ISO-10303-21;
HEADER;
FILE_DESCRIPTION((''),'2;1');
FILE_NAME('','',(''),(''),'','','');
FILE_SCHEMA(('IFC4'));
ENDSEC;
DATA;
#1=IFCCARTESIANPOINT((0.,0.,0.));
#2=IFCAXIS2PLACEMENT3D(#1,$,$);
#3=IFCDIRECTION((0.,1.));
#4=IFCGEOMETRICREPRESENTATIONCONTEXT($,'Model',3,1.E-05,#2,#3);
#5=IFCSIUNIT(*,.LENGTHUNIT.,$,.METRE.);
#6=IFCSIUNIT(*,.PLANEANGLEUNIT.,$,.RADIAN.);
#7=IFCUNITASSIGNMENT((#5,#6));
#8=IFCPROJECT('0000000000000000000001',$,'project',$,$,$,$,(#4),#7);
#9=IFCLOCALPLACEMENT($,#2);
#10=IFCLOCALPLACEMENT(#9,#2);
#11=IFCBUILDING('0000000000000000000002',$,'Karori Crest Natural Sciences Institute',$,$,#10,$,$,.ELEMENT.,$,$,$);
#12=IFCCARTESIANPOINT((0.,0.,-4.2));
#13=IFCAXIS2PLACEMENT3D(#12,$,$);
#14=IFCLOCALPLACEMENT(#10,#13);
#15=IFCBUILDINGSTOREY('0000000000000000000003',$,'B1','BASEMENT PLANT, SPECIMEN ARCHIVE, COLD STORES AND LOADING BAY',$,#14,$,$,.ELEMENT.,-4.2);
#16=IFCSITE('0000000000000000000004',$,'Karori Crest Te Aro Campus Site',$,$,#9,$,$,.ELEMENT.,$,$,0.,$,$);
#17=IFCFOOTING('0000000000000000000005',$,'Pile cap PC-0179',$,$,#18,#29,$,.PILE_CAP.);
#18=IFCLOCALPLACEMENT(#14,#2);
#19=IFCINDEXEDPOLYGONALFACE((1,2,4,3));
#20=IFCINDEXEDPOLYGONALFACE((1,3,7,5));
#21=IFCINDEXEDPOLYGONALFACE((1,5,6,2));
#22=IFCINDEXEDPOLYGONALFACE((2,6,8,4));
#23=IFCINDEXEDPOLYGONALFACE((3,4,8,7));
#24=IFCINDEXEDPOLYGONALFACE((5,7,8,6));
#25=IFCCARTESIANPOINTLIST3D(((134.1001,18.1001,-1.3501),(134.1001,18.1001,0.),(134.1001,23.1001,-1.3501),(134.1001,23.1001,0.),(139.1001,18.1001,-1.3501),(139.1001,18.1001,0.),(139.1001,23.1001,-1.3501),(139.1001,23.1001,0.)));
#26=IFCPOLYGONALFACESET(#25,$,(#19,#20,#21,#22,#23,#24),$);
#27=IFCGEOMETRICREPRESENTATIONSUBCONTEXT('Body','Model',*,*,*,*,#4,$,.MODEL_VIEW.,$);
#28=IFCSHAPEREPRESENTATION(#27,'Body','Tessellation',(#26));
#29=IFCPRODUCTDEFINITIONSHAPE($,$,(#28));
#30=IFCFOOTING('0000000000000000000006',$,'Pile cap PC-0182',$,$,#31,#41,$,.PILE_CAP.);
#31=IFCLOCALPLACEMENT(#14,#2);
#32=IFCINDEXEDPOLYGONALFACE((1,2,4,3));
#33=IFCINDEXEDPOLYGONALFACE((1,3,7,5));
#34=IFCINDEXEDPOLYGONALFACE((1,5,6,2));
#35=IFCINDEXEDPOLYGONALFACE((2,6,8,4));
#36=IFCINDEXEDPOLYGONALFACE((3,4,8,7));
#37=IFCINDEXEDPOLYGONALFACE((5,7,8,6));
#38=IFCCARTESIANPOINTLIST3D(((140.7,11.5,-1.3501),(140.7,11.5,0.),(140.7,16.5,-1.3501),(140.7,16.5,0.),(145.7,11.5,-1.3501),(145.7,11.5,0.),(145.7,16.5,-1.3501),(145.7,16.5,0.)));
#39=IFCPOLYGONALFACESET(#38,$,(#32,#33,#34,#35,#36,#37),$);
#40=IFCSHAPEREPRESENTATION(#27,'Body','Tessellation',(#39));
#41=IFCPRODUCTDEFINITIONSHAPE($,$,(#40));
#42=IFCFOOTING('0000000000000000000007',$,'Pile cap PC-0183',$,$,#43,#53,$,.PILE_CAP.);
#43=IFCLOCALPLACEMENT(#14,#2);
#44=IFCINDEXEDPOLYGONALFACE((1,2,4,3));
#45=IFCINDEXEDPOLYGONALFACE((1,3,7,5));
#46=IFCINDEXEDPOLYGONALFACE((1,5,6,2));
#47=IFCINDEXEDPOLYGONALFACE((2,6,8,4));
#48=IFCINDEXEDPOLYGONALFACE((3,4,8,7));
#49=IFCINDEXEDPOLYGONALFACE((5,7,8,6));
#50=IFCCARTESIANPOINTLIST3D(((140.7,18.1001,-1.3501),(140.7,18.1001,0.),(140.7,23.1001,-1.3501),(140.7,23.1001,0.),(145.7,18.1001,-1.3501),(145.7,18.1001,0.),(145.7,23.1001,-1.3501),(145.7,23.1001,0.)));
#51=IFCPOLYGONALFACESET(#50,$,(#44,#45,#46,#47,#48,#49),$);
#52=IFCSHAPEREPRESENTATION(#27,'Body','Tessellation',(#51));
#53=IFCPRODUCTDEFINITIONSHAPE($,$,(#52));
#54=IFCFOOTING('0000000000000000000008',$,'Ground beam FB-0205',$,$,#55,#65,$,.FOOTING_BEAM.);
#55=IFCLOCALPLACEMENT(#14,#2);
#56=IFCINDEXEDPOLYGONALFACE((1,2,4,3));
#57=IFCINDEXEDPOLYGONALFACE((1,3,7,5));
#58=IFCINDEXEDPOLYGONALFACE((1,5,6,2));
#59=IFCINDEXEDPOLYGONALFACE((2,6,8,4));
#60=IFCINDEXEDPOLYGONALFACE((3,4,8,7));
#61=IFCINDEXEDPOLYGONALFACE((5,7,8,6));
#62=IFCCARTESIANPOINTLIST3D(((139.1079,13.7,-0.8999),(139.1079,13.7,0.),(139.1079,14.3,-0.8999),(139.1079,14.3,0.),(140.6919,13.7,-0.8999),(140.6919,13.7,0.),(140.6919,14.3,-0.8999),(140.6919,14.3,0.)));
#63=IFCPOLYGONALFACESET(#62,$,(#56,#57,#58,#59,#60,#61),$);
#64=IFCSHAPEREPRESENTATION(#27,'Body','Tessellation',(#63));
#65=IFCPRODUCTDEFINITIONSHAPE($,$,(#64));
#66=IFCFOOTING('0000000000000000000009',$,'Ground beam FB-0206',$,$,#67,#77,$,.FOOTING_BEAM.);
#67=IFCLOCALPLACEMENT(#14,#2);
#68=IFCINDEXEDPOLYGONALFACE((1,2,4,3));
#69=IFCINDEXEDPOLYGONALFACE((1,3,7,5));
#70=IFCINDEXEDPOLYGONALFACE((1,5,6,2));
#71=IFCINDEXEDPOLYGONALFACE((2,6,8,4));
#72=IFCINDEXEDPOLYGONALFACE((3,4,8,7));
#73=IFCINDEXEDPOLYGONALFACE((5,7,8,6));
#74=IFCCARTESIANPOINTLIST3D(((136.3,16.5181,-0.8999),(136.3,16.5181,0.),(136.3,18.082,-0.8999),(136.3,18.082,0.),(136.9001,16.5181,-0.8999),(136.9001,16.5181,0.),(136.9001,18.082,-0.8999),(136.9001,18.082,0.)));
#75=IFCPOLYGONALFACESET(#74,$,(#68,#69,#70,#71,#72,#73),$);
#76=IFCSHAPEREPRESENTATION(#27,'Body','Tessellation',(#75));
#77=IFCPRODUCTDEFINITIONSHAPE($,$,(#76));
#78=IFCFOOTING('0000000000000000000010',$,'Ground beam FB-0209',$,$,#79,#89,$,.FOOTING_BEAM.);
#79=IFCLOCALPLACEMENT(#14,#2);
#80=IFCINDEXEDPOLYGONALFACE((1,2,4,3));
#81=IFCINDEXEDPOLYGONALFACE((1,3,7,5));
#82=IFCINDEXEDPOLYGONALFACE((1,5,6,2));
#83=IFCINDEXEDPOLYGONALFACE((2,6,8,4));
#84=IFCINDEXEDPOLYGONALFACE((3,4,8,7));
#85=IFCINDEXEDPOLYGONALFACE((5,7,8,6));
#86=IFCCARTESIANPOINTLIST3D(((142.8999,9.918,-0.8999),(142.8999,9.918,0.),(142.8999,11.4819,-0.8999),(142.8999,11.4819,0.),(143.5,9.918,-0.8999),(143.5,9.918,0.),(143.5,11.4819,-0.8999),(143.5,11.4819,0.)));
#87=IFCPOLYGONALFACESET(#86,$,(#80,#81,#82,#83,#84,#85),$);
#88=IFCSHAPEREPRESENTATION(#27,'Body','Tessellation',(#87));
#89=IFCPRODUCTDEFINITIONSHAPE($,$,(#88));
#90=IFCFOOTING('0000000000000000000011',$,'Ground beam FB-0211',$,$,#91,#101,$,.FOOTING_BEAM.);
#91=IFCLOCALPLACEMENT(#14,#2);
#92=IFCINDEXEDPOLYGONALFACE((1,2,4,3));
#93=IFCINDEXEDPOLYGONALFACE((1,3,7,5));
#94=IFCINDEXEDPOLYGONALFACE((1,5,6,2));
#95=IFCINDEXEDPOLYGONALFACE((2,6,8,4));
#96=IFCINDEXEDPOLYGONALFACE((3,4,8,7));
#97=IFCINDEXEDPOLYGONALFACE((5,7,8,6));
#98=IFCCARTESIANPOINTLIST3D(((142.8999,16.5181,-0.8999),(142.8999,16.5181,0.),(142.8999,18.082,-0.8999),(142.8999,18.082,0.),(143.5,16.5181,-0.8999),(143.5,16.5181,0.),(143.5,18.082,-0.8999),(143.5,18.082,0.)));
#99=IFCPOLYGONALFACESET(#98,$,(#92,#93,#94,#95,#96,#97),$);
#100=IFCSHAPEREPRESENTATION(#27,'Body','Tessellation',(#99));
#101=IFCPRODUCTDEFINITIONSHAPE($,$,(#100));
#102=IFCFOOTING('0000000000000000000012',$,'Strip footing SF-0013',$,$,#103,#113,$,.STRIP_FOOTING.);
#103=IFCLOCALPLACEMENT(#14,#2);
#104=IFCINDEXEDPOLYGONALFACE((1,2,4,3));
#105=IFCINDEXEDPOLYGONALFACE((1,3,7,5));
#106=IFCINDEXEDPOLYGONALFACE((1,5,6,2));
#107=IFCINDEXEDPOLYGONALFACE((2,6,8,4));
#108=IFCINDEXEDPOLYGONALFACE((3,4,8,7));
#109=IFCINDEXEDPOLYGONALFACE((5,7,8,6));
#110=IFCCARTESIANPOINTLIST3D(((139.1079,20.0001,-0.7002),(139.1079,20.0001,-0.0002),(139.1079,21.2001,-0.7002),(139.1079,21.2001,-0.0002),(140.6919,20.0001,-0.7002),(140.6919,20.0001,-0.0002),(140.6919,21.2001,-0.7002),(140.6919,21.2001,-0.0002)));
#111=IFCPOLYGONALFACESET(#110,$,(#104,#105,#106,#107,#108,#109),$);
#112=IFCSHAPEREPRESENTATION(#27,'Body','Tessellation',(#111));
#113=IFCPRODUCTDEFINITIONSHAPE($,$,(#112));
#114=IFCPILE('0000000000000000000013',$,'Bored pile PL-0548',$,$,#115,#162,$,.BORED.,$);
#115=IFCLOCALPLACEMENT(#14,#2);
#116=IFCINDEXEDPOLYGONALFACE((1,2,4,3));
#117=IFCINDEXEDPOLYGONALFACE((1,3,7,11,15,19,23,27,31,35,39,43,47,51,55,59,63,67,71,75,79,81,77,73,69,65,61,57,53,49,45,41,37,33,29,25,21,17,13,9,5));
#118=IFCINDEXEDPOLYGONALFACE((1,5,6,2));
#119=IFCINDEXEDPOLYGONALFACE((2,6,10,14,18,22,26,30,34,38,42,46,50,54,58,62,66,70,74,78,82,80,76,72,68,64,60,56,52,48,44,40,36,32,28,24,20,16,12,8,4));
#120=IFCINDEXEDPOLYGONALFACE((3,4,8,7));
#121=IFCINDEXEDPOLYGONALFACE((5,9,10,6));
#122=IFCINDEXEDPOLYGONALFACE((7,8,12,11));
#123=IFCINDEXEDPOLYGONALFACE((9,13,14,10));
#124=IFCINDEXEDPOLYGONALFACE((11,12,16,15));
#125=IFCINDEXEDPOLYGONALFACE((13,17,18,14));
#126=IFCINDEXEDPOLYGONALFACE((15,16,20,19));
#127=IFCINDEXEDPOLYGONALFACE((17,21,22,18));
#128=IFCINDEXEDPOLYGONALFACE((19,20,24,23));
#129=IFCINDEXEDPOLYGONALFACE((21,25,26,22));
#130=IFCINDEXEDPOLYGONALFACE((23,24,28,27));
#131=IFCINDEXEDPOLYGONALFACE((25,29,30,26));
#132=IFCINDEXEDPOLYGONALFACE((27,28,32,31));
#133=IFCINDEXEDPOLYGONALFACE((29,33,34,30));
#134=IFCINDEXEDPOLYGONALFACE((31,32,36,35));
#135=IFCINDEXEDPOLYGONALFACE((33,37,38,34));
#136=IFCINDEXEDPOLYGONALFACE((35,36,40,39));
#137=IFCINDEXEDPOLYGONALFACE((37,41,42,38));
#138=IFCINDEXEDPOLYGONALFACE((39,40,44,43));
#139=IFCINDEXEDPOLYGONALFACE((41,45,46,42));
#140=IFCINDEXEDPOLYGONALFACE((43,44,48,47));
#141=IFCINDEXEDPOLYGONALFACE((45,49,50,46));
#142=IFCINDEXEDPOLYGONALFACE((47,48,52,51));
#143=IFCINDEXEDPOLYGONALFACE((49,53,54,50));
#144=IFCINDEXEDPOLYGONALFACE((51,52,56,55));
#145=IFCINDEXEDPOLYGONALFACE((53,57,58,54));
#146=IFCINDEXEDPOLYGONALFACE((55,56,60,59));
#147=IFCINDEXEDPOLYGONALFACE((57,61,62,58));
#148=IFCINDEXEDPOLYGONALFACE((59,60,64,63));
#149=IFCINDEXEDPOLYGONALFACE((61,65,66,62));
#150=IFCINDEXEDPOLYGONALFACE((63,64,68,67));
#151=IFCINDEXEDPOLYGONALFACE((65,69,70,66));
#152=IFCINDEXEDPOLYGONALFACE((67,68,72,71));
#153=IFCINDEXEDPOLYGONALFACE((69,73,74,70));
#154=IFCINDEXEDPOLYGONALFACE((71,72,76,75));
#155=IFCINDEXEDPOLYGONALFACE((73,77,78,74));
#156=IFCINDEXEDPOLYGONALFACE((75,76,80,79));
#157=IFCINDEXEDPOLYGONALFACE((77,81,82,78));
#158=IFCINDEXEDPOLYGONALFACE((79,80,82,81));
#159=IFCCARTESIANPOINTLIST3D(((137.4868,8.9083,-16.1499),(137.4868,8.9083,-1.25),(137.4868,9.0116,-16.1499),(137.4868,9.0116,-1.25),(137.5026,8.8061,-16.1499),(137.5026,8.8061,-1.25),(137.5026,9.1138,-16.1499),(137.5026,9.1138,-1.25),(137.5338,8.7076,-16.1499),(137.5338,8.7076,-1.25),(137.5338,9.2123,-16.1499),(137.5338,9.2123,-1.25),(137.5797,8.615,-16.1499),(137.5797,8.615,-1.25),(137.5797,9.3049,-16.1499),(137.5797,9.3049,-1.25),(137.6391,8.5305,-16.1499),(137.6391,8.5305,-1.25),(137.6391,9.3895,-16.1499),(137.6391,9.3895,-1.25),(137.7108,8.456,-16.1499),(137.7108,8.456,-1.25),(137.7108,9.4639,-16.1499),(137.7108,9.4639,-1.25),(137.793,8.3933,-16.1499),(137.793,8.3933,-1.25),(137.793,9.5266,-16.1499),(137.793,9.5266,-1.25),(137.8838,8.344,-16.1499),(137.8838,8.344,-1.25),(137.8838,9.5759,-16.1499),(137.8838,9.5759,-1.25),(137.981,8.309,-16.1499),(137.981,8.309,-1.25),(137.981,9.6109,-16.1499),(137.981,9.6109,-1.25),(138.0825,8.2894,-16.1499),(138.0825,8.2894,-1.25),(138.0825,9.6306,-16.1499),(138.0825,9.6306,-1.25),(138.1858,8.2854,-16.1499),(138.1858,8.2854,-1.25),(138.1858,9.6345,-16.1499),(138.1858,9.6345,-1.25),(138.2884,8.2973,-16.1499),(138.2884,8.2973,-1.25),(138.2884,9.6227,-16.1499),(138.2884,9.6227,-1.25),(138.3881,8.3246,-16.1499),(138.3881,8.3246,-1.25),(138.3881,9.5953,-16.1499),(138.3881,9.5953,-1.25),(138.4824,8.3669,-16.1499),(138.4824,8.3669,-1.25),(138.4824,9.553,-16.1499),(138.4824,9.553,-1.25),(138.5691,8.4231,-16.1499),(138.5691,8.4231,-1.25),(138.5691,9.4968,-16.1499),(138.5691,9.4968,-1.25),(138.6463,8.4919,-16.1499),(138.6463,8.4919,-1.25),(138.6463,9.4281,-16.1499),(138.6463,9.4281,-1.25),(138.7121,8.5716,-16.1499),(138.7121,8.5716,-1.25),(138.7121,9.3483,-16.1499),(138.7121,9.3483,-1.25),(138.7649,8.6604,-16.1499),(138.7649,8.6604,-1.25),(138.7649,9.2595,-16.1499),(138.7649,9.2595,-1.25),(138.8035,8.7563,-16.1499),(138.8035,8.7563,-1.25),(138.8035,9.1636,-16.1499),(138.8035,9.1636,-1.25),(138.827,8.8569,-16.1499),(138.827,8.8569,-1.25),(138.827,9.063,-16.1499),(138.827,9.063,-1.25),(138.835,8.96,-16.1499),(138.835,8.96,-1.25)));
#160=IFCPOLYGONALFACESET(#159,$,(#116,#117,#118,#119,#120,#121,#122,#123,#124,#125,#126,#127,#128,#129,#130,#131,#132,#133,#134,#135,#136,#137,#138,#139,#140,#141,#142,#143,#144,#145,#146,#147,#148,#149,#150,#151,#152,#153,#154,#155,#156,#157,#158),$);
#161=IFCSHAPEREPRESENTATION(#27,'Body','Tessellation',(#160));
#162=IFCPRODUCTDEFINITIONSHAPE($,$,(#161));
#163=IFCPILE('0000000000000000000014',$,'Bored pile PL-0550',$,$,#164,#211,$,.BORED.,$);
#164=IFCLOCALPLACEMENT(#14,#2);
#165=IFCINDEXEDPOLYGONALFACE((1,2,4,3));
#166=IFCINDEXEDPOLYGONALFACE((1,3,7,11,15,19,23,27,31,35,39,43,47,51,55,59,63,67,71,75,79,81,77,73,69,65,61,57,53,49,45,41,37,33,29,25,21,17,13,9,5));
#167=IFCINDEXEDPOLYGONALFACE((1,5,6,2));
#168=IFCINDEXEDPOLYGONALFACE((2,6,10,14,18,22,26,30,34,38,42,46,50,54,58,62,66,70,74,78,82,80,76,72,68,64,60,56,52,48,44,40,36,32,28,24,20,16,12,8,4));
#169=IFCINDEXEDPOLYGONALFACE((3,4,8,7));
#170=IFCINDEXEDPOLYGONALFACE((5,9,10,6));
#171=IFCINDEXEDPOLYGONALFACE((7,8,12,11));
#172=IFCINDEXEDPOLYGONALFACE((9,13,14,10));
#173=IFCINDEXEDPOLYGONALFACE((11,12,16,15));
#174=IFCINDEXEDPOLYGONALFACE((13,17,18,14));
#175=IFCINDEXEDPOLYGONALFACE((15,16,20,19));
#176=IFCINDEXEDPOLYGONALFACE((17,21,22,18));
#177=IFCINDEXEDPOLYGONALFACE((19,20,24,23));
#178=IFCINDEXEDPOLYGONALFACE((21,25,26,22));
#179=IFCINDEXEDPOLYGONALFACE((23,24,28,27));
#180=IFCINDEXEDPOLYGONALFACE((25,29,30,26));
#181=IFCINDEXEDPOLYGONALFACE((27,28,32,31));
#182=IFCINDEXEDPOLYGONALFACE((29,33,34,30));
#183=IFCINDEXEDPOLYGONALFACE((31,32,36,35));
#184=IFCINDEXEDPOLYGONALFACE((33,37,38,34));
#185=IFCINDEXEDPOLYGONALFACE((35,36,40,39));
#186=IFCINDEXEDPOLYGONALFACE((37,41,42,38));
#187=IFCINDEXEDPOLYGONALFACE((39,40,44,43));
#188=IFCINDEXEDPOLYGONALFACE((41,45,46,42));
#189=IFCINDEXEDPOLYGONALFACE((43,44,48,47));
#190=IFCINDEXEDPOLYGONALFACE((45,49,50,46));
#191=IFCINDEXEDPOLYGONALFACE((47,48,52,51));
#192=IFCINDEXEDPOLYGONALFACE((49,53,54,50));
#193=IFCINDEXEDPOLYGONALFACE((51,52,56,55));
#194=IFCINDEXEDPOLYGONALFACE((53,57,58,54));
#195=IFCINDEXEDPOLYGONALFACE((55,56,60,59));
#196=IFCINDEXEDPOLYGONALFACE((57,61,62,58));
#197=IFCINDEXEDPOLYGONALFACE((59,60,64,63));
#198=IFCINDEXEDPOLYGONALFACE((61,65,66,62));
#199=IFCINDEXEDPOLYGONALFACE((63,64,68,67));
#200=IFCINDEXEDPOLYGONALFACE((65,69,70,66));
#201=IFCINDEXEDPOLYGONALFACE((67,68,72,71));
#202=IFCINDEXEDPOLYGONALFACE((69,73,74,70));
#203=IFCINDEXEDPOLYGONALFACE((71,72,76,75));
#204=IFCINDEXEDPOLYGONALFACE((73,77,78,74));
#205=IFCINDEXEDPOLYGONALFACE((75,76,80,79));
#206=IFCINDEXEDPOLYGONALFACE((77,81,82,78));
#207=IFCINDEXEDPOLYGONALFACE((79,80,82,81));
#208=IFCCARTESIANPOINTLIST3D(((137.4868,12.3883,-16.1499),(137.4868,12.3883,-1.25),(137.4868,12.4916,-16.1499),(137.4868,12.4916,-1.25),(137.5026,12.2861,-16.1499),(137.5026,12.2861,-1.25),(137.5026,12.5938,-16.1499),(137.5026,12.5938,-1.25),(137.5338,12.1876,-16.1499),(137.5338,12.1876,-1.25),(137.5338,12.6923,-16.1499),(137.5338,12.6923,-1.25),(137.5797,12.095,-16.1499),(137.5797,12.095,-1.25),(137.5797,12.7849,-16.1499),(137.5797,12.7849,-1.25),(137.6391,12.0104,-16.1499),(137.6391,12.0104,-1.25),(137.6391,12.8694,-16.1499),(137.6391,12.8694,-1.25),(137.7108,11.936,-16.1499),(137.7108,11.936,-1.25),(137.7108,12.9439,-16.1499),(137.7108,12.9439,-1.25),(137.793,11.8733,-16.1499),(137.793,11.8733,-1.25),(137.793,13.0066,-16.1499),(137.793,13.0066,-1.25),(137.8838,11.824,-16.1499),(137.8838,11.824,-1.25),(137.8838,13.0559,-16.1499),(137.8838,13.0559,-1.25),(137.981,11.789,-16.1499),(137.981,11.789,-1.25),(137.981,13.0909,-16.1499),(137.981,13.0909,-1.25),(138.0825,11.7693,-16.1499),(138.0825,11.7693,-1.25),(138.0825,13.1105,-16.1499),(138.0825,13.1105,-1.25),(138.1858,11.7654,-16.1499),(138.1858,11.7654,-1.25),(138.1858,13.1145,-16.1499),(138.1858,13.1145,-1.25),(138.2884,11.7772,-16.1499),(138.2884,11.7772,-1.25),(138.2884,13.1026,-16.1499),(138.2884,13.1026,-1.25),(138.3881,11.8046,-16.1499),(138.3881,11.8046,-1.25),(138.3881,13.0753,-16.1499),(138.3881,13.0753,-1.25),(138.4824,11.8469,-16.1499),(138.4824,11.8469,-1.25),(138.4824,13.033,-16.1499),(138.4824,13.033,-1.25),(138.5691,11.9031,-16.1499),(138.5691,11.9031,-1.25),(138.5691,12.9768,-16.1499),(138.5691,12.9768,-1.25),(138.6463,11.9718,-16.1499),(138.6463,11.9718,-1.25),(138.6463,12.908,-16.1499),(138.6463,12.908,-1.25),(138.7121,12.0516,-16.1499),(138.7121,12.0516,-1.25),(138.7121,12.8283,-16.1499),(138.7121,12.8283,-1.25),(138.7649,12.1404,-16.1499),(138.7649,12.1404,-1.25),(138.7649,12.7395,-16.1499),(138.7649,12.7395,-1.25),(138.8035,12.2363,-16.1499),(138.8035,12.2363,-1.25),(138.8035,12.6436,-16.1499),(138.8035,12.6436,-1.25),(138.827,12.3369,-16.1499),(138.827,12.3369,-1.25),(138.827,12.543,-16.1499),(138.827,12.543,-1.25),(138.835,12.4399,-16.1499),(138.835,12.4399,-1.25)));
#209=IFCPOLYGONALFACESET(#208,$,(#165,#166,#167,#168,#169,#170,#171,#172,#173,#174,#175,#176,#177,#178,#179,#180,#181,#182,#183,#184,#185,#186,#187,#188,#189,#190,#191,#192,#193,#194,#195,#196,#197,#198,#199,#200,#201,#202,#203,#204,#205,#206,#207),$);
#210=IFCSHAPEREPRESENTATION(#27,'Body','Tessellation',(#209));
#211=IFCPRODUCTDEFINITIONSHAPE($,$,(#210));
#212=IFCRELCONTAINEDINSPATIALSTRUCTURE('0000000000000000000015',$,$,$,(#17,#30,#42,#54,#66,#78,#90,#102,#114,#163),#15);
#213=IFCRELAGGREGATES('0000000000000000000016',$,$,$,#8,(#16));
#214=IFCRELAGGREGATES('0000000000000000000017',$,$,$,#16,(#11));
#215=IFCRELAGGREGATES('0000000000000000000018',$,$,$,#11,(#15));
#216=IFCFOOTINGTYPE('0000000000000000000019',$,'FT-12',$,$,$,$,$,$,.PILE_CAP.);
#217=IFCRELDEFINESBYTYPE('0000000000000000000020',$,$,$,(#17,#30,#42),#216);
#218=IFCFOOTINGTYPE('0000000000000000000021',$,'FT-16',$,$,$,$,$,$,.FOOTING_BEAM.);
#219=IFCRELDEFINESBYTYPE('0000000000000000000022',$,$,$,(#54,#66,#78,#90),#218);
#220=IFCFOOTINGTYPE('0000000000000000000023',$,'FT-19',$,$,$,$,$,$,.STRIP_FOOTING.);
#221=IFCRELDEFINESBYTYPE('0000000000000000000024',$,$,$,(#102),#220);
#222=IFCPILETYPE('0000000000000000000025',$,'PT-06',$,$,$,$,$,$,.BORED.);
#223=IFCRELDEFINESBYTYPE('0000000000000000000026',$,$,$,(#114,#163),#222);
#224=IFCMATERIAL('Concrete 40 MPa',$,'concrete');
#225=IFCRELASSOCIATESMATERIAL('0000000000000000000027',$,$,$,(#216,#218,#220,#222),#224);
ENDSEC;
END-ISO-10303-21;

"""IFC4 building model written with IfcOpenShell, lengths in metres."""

from ifc_helpers import new_model, si_unit, direction, frame, origin, origin_2d, place, context, subcontext, project, spatial, rectangle, circle, extrude, material, material_profile, profile_set, type_object, element, save


model = new_model("IFC4")

# Units and contexts
model_context = context("Model", 3, precision=1e-05, world=origin(), true_north=direction((0.0, 1.0)))
body_context = subcontext(model_context, "Body", "Model", "MODEL_VIEW")
ifc_project = project(units=[si_unit("LENGTHUNIT", "METRE"), si_unit("PLANEANGLEUNIT", "RADIAN")], contexts=[model_context])

# Site, building, storey
site_placement = place(None, origin())
site = spatial("IfcSite", under=ifc_project, at=site_placement, Name="Karori Crest Te Aro Campus Site", CompositionType="ELEMENT", RefElevation=0.0)
building_placement = place(site_placement, origin())
building = spatial("IfcBuilding", under=site, at=building_placement, Name="Karori Crest Natural Sciences Institute", CompositionType="ELEMENT")
storey_placement = place(building_placement, frame((0.0, 0.0, -4.2)))
storey = spatial("IfcBuildingStorey", under=building, at=storey_placement, Name="B1", Description="BASEMENT PLANT, SPECIMEN ARCHIVE, COLD STORES AND LOADING BAY", CompositionType="ELEMENT", Elevation=-4.2)

# Footings
ifc_material_1 = material(Name="Concrete 40 MPa", Category="concrete")
footing_type_1 = type_object("IfcFootingType", Name="FT-12", PredefinedType="PILE_CAP", material=ifc_material_1)
for number, where, z_axis, x_axis, name in (
    (1, (136.6001, 20.6001, -1.3501), (0.0, 0.0, 1.0), (1.0, 0.0, 0.0), "Pile cap PC-0179"),
    (2, (143.2, 14.0, -1.3501), (0.0, 0.0, 1.0), (1.0, 0.0, 0.0), "Pile cap PC-0182"),
    (3, (143.2, 20.6001, -1.3501), (0.0, 0.0, 1.0), (1.0, 0.0, 0.0), "Pile cap PC-0183"),
):
    element("IfcFooting", number, at=place(storey_placement, frame(where, z_axis=z_axis, x_axis=x_axis)), inside=storey, type_object=footing_type_1, Name=name, PredefinedType="PILE_CAP", context=body_context, shape_type="SweptSolid", body=[
        extrude(rectangle(XDim=5.0, YDim=5.0, at=origin_2d()), origin(), (0.0, 0.0, 1.0), 1.3501),
    ])
footing_type_2 = type_object("IfcFootingType", Name="FT-16", PredefinedType="FOOTING_BEAM", material=ifc_material_1)
footing_1_placement = place(storey_placement, frame((139.8999, 14.0, -0.8999), z_axis=(0.0, 0.0, 1.0), x_axis=(1.0, 0.0, 0.0)))
element("IfcFooting", 4, at=footing_1_placement, inside=storey, type_object=footing_type_2, Name="Ground beam FB-0205", PredefinedType="FOOTING_BEAM", context=body_context, shape_type="SweptSolid", body=[
    extrude(rectangle(XDim=1.584, YDim=0.6001, at=origin_2d()), origin(), (0.0, 0.0, 1.0), 0.8999),
])
for number, where, z_axis, x_axis, name in (
    (5, (136.6001, 17.3, -0.8999), (0.0, 0.0, 1.0), (0.0, 1.0, 0.0), "Ground beam FB-0206"),
    (6, (143.2, 10.7, -0.8999), (0.0, 0.0, 1.0), (0.0, 1.0, 0.0), "Ground beam FB-0209"),
    (7, (143.2, 17.3, -0.8999), (0.0, 0.0, 1.0), (0.0, 1.0, 0.0), "Ground beam FB-0211"),
):
    element("IfcFooting", number, at=place(storey_placement, frame(where, z_axis=z_axis, x_axis=x_axis)), inside=storey, type_object=footing_type_2, Name=name, PredefinedType="FOOTING_BEAM", context=body_context, shape_type="SweptSolid", body=[
        extrude(rectangle(XDim=1.564, YDim=0.6001, at=origin_2d()), origin(), (0.0, 0.0, 1.0), 0.8999),
    ])
footing_type_3 = type_object("IfcFootingType", Name="FT-19", PredefinedType="STRIP_FOOTING", material=ifc_material_1)
footing_2_placement = place(storey_placement, frame((139.8999, 20.6001, -0.7002), z_axis=(0.0, 0.0, 1.0), x_axis=(1.0, 0.0, 0.0)))
element("IfcFooting", 8, at=footing_2_placement, inside=storey, type_object=footing_type_3, Name="Strip footing SF-0013", PredefinedType="STRIP_FOOTING", context=body_context, shape_type="SweptSolid", body=[
    extrude(rectangle(XDim=1.584, YDim=1.2, at=origin_2d()), origin(), (0.0, 0.0, 1.0), 0.7),
])

# Piles
ifc_material_profile_1 = material_profile(ifc_material_1, circle(Radius=0.675, at=origin_2d()), Name="PILE1350")
ifc_profile_set_1 = profile_set([ifc_material_profile_1], Name="Concrete 40 MPa")
pile_type = type_object("IfcPileType", Name="PT-06", PredefinedType="BORED", material=ifc_profile_set_1)
for number, where, z_axis, x_axis, name in (
    (9, (138.1599, 8.96, -1.25), (0.0, 0.0, -1.0), (1.0, 0.0, 0.0), "Bored pile PL-0548"),
    (10, (138.1599, 12.4399, -1.25), (0.0, 0.0, -1.0), (1.0, 0.0, 0.0), "Bored pile PL-0550"),
):
    element("IfcPile", number, at=place(storey_placement, frame(where, z_axis=z_axis, x_axis=x_axis)), inside=storey, type_object=pile_type, Name=name, PredefinedType="BORED", context=body_context, shape_type="SweptSolid", body=[
        extrude(circle(Radius=0.675, at=origin_2d()), origin(), (0.0, 0.0, 1.0), 14.8999),
    ])

save(model, "model.ifc")
